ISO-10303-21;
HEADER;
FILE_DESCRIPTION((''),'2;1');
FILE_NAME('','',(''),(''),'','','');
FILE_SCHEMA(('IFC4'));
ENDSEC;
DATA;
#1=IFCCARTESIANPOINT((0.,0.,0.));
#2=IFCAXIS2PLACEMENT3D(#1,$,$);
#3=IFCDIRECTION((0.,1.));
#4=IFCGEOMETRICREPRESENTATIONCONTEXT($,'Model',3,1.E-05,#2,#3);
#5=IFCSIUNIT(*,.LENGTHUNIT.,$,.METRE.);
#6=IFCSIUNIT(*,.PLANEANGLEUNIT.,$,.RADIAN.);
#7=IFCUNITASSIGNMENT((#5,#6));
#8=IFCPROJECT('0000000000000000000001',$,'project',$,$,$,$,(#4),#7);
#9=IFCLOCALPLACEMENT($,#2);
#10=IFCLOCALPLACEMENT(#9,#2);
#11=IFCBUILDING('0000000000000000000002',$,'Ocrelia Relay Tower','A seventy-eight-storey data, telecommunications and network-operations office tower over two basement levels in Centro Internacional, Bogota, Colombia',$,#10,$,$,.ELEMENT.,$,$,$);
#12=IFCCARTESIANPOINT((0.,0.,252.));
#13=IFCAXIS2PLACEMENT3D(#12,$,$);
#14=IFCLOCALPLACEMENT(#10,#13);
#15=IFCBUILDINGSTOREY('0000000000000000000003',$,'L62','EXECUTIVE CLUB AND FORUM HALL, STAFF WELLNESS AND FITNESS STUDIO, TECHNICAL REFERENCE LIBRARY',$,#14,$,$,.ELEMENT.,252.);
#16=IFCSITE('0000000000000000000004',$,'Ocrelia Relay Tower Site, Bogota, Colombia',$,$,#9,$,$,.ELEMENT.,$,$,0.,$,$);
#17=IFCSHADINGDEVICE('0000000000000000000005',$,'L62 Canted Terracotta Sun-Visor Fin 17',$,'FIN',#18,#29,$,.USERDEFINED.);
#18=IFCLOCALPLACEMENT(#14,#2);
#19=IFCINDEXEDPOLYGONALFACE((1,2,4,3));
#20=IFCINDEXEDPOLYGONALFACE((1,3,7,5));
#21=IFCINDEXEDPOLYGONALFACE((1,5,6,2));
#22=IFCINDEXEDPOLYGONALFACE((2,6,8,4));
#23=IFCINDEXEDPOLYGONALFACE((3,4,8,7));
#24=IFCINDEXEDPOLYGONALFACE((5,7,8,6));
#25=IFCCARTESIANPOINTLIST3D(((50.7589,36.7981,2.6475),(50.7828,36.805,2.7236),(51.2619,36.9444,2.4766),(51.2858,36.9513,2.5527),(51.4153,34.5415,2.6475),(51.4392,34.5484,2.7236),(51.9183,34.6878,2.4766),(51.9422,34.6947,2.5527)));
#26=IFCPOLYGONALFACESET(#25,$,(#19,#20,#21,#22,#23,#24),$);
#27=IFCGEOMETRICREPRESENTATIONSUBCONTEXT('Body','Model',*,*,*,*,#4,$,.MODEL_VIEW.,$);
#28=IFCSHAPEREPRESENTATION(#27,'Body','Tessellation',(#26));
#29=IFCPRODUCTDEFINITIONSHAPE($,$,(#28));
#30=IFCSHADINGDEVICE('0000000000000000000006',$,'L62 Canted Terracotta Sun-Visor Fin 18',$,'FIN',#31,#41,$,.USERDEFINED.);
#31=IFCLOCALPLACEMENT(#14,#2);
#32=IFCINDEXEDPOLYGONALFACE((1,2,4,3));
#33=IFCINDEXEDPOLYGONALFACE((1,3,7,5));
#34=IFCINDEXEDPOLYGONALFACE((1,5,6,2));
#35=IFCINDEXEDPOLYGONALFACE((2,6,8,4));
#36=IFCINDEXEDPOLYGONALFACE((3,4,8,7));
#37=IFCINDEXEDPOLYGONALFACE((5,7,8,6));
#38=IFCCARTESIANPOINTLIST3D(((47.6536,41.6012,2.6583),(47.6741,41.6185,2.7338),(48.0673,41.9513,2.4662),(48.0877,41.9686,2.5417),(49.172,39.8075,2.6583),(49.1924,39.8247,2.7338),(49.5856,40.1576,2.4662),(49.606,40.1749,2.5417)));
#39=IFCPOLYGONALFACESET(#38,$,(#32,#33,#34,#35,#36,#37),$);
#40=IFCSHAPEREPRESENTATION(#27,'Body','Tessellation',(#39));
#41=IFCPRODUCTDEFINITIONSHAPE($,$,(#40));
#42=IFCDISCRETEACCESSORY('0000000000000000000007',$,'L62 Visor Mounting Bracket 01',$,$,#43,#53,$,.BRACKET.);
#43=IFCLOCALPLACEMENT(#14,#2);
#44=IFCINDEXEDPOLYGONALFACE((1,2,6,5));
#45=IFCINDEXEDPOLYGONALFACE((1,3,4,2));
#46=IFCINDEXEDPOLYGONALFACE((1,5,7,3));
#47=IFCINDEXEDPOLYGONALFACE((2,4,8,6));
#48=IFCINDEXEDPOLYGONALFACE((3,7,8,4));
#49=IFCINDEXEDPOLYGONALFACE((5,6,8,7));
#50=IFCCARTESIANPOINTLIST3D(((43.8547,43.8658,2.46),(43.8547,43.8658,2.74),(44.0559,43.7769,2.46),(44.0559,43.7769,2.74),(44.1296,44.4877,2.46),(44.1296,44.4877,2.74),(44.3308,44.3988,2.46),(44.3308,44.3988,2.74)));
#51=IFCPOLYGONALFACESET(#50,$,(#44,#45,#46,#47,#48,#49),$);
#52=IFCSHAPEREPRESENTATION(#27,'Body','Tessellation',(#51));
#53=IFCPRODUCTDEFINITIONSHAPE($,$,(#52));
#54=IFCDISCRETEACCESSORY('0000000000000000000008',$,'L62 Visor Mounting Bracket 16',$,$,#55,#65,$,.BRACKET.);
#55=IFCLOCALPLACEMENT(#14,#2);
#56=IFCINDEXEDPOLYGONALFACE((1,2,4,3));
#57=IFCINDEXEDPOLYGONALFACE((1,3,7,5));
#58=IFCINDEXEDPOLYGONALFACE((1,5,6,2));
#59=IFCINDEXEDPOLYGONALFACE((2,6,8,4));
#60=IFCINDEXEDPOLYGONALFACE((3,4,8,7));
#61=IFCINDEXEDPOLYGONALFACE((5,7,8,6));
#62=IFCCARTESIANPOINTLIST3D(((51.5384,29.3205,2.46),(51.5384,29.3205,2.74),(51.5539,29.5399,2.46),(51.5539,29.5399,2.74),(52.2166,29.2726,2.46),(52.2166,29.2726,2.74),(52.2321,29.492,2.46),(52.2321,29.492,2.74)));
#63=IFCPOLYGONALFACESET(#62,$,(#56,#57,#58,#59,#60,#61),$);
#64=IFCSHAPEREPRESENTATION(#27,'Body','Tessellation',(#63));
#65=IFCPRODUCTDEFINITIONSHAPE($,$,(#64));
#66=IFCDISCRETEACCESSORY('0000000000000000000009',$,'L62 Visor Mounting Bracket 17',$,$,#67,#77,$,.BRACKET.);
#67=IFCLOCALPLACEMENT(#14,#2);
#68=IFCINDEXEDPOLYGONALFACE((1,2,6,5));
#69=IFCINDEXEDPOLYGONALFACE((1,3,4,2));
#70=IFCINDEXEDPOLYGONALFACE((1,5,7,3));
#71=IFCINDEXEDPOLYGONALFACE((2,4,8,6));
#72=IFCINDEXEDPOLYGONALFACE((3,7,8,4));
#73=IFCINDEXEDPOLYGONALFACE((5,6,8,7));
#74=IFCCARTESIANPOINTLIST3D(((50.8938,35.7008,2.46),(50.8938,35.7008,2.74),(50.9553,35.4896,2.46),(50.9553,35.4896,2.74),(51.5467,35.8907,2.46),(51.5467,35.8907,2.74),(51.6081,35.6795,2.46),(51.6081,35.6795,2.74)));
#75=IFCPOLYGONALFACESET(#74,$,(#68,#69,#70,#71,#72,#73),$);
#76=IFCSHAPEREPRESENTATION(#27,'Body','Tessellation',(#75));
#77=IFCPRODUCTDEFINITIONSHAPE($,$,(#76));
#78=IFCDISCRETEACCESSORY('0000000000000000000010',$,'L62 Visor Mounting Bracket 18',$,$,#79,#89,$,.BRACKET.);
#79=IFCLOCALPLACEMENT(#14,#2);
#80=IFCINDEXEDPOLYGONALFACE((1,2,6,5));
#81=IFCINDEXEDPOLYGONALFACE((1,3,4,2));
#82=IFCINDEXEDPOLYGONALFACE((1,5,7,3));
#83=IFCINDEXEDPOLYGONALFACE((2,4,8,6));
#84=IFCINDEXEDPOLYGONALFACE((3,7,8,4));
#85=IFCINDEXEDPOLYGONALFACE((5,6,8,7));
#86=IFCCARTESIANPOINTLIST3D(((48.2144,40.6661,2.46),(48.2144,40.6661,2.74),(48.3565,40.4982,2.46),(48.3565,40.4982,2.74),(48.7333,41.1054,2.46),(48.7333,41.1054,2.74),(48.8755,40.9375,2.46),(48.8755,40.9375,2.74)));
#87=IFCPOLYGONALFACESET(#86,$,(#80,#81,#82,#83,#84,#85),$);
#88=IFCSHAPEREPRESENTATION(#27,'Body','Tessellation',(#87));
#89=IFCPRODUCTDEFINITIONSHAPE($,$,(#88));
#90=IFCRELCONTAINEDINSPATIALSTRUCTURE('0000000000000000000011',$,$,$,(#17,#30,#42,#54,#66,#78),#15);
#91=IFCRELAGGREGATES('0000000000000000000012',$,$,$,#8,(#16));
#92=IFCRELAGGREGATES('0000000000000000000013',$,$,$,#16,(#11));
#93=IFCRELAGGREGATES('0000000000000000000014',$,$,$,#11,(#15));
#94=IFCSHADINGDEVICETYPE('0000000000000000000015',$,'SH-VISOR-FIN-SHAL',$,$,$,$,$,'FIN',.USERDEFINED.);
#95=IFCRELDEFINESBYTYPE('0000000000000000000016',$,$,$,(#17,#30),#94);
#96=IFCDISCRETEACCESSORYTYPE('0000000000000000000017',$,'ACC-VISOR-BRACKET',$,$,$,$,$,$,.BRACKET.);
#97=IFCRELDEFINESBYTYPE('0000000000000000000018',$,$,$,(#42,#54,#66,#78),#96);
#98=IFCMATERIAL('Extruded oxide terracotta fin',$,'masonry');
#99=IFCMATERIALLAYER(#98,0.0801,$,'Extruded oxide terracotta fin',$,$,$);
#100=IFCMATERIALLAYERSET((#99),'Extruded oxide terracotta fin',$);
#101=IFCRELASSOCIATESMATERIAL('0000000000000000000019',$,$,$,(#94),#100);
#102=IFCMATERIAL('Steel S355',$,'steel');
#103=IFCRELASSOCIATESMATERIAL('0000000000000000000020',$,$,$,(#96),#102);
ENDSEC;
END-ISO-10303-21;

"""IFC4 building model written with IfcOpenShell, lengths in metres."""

from ifc_helpers import new_model, si_unit, direction, frame, origin, origin_2d, place, context, subcontext, project, spatial, rectangle, extrude, material, layer, layer_set, type_object, element, save


model = new_model("IFC4")

# Units and contexts
model_context = context("Model", 3, precision=1e-05, world=origin(), true_north=direction((0.0, 1.0)))
body_context = subcontext(model_context, "Body", "Model", "MODEL_VIEW")
ifc_project = project(units=[si_unit("LENGTHUNIT", "METRE"), si_unit("PLANEANGLEUNIT", "RADIAN")], contexts=[model_context])

# Site, building, storey
site_placement = place(None, origin())
site = spatial("IfcSite", under=ifc_project, at=site_placement, Name="Ocrelia Relay Tower Site, Bogota, Colombia", CompositionType="ELEMENT", RefElevation=0.0)
building_placement = place(site_placement, origin())
building = spatial("IfcBuilding", under=site, at=building_placement, Name="Ocrelia Relay Tower", Description="A seventy-eight-storey data, telecommunications and network-operations office tower over two basement levels in Centro Internacional, Bogota, Colombia", CompositionType="ELEMENT")
storey_placement = place(building_placement, frame((0.0, 0.0, 252.0)))
storey = spatial("IfcBuildingStorey", under=building, at=storey_placement, Name="L62", Description="EXECUTIVE CLUB AND FORUM HALL, STAFF WELLNESS AND FITNESS STUDIO, TECHNICAL REFERENCE LIBRARY", CompositionType="ELEMENT", Elevation=252.0)

# Shared definitions
ifc_material_1 = material(Name="Steel S355", Category="steel")

# Shading devices
ifc_material_2 = material(Name="Extruded oxide terracotta fin", Category="masonry")
ifc_layer_1 = layer(ifc_material_2, 0.0801, Name="Extruded oxide terracotta fin")
ifc_layer_set_1 = layer_set([ifc_layer_1], Name="Extruded oxide terracotta fin")
shading_device_type_1 = type_object("IfcShadingDeviceType", Name="SH-VISOR-FIN-SHAL", ElementType="FIN", PredefinedType="USERDEFINED", material=ifc_layer_set_1)
shading_device_1_placement = place(storey_placement, frame((51.3386, 35.7429, 2.562), z_axis=(0.297836, 0.08663, 0.950678), x_axis=(-0.279289, 0.960207, 0.0)))
element("IfcShadingDevice", 1, at=shading_device_1_placement, inside=storey, type_object=shading_device_type_1, Name="L62 Canted Terracotta Sun-Visor Fin 17", ObjectType="FIN", PredefinedType="USERDEFINED", context=body_context, shape_type="SweptSolid", body=[
    extrude(rectangle(XDim=2.3501, YDim=0.551, at=origin_2d()), origin(), (0.0, 0.0, 1.0), 0.0801),
])
shading_device_2_placement = place(storey_placement, frame((48.6196, 40.8794, 2.5623), z_axis=(0.255034, 0.21588, 0.942525), x_axis=(-0.646086, 0.763265, 0.0)))
element("IfcShadingDevice", 2, at=shading_device_2_placement, inside=storey, type_object=shading_device_type_1, Name="L62 Canted Terracotta Sun-Visor Fin 18", ObjectType="FIN", PredefinedType="USERDEFINED", context=body_context, shape_type="SweptSolid", body=[
    extrude(rectangle(XDim=2.3501, YDim=0.575, at=origin_2d()), origin(), (0.0, 0.0, 1.0), 0.0801),
])

# Discrete accessories
discrete_accessory_type = type_object("IfcDiscreteAccessoryType", Name="ACC-VISOR-BRACKET", PredefinedType="BRACKET", material=ifc_material_1)
for number, where, z_axis, x_axis, name in (
    (3, (44.0928, 44.1323, 2.46), (0.0, 0.0, 1.0), (-0.914627, 0.404298, 0.0), "L62 Visor Mounting Bracket 01"),
    (4, (51.8853, 29.4062, 2.46), (0.0, 0.0, 1.0), (0.070554, 0.997508, 0.0), "L62 Visor Mounting Bracket 16"),
    (5, (51.251, 35.6902, 2.46), (0.0, 0.0, 1.0), (-0.279289, 0.960207, 0.0), "L62 Visor Mounting Bracket 17"),
    (6, (48.5449, 40.8018, 2.46), (0.0, 0.0, 1.0), (-0.646086, 0.763265, 0.0), "L62 Visor Mounting Bracket 18"),
):
    element("IfcDiscreteAccessory", number, at=place(storey_placement, frame(where, z_axis=z_axis, x_axis=x_axis)), inside=storey, type_object=discrete_accessory_type, Name=name, PredefinedType="BRACKET", context=body_context, shape_type="SweptSolid", body=[
        extrude(rectangle(XDim=0.22, YDim=0.6799, at=origin_2d()), origin(), (0.0, 0.0, 1.0), 0.28),
    ])

save(model, "model.ifc")
